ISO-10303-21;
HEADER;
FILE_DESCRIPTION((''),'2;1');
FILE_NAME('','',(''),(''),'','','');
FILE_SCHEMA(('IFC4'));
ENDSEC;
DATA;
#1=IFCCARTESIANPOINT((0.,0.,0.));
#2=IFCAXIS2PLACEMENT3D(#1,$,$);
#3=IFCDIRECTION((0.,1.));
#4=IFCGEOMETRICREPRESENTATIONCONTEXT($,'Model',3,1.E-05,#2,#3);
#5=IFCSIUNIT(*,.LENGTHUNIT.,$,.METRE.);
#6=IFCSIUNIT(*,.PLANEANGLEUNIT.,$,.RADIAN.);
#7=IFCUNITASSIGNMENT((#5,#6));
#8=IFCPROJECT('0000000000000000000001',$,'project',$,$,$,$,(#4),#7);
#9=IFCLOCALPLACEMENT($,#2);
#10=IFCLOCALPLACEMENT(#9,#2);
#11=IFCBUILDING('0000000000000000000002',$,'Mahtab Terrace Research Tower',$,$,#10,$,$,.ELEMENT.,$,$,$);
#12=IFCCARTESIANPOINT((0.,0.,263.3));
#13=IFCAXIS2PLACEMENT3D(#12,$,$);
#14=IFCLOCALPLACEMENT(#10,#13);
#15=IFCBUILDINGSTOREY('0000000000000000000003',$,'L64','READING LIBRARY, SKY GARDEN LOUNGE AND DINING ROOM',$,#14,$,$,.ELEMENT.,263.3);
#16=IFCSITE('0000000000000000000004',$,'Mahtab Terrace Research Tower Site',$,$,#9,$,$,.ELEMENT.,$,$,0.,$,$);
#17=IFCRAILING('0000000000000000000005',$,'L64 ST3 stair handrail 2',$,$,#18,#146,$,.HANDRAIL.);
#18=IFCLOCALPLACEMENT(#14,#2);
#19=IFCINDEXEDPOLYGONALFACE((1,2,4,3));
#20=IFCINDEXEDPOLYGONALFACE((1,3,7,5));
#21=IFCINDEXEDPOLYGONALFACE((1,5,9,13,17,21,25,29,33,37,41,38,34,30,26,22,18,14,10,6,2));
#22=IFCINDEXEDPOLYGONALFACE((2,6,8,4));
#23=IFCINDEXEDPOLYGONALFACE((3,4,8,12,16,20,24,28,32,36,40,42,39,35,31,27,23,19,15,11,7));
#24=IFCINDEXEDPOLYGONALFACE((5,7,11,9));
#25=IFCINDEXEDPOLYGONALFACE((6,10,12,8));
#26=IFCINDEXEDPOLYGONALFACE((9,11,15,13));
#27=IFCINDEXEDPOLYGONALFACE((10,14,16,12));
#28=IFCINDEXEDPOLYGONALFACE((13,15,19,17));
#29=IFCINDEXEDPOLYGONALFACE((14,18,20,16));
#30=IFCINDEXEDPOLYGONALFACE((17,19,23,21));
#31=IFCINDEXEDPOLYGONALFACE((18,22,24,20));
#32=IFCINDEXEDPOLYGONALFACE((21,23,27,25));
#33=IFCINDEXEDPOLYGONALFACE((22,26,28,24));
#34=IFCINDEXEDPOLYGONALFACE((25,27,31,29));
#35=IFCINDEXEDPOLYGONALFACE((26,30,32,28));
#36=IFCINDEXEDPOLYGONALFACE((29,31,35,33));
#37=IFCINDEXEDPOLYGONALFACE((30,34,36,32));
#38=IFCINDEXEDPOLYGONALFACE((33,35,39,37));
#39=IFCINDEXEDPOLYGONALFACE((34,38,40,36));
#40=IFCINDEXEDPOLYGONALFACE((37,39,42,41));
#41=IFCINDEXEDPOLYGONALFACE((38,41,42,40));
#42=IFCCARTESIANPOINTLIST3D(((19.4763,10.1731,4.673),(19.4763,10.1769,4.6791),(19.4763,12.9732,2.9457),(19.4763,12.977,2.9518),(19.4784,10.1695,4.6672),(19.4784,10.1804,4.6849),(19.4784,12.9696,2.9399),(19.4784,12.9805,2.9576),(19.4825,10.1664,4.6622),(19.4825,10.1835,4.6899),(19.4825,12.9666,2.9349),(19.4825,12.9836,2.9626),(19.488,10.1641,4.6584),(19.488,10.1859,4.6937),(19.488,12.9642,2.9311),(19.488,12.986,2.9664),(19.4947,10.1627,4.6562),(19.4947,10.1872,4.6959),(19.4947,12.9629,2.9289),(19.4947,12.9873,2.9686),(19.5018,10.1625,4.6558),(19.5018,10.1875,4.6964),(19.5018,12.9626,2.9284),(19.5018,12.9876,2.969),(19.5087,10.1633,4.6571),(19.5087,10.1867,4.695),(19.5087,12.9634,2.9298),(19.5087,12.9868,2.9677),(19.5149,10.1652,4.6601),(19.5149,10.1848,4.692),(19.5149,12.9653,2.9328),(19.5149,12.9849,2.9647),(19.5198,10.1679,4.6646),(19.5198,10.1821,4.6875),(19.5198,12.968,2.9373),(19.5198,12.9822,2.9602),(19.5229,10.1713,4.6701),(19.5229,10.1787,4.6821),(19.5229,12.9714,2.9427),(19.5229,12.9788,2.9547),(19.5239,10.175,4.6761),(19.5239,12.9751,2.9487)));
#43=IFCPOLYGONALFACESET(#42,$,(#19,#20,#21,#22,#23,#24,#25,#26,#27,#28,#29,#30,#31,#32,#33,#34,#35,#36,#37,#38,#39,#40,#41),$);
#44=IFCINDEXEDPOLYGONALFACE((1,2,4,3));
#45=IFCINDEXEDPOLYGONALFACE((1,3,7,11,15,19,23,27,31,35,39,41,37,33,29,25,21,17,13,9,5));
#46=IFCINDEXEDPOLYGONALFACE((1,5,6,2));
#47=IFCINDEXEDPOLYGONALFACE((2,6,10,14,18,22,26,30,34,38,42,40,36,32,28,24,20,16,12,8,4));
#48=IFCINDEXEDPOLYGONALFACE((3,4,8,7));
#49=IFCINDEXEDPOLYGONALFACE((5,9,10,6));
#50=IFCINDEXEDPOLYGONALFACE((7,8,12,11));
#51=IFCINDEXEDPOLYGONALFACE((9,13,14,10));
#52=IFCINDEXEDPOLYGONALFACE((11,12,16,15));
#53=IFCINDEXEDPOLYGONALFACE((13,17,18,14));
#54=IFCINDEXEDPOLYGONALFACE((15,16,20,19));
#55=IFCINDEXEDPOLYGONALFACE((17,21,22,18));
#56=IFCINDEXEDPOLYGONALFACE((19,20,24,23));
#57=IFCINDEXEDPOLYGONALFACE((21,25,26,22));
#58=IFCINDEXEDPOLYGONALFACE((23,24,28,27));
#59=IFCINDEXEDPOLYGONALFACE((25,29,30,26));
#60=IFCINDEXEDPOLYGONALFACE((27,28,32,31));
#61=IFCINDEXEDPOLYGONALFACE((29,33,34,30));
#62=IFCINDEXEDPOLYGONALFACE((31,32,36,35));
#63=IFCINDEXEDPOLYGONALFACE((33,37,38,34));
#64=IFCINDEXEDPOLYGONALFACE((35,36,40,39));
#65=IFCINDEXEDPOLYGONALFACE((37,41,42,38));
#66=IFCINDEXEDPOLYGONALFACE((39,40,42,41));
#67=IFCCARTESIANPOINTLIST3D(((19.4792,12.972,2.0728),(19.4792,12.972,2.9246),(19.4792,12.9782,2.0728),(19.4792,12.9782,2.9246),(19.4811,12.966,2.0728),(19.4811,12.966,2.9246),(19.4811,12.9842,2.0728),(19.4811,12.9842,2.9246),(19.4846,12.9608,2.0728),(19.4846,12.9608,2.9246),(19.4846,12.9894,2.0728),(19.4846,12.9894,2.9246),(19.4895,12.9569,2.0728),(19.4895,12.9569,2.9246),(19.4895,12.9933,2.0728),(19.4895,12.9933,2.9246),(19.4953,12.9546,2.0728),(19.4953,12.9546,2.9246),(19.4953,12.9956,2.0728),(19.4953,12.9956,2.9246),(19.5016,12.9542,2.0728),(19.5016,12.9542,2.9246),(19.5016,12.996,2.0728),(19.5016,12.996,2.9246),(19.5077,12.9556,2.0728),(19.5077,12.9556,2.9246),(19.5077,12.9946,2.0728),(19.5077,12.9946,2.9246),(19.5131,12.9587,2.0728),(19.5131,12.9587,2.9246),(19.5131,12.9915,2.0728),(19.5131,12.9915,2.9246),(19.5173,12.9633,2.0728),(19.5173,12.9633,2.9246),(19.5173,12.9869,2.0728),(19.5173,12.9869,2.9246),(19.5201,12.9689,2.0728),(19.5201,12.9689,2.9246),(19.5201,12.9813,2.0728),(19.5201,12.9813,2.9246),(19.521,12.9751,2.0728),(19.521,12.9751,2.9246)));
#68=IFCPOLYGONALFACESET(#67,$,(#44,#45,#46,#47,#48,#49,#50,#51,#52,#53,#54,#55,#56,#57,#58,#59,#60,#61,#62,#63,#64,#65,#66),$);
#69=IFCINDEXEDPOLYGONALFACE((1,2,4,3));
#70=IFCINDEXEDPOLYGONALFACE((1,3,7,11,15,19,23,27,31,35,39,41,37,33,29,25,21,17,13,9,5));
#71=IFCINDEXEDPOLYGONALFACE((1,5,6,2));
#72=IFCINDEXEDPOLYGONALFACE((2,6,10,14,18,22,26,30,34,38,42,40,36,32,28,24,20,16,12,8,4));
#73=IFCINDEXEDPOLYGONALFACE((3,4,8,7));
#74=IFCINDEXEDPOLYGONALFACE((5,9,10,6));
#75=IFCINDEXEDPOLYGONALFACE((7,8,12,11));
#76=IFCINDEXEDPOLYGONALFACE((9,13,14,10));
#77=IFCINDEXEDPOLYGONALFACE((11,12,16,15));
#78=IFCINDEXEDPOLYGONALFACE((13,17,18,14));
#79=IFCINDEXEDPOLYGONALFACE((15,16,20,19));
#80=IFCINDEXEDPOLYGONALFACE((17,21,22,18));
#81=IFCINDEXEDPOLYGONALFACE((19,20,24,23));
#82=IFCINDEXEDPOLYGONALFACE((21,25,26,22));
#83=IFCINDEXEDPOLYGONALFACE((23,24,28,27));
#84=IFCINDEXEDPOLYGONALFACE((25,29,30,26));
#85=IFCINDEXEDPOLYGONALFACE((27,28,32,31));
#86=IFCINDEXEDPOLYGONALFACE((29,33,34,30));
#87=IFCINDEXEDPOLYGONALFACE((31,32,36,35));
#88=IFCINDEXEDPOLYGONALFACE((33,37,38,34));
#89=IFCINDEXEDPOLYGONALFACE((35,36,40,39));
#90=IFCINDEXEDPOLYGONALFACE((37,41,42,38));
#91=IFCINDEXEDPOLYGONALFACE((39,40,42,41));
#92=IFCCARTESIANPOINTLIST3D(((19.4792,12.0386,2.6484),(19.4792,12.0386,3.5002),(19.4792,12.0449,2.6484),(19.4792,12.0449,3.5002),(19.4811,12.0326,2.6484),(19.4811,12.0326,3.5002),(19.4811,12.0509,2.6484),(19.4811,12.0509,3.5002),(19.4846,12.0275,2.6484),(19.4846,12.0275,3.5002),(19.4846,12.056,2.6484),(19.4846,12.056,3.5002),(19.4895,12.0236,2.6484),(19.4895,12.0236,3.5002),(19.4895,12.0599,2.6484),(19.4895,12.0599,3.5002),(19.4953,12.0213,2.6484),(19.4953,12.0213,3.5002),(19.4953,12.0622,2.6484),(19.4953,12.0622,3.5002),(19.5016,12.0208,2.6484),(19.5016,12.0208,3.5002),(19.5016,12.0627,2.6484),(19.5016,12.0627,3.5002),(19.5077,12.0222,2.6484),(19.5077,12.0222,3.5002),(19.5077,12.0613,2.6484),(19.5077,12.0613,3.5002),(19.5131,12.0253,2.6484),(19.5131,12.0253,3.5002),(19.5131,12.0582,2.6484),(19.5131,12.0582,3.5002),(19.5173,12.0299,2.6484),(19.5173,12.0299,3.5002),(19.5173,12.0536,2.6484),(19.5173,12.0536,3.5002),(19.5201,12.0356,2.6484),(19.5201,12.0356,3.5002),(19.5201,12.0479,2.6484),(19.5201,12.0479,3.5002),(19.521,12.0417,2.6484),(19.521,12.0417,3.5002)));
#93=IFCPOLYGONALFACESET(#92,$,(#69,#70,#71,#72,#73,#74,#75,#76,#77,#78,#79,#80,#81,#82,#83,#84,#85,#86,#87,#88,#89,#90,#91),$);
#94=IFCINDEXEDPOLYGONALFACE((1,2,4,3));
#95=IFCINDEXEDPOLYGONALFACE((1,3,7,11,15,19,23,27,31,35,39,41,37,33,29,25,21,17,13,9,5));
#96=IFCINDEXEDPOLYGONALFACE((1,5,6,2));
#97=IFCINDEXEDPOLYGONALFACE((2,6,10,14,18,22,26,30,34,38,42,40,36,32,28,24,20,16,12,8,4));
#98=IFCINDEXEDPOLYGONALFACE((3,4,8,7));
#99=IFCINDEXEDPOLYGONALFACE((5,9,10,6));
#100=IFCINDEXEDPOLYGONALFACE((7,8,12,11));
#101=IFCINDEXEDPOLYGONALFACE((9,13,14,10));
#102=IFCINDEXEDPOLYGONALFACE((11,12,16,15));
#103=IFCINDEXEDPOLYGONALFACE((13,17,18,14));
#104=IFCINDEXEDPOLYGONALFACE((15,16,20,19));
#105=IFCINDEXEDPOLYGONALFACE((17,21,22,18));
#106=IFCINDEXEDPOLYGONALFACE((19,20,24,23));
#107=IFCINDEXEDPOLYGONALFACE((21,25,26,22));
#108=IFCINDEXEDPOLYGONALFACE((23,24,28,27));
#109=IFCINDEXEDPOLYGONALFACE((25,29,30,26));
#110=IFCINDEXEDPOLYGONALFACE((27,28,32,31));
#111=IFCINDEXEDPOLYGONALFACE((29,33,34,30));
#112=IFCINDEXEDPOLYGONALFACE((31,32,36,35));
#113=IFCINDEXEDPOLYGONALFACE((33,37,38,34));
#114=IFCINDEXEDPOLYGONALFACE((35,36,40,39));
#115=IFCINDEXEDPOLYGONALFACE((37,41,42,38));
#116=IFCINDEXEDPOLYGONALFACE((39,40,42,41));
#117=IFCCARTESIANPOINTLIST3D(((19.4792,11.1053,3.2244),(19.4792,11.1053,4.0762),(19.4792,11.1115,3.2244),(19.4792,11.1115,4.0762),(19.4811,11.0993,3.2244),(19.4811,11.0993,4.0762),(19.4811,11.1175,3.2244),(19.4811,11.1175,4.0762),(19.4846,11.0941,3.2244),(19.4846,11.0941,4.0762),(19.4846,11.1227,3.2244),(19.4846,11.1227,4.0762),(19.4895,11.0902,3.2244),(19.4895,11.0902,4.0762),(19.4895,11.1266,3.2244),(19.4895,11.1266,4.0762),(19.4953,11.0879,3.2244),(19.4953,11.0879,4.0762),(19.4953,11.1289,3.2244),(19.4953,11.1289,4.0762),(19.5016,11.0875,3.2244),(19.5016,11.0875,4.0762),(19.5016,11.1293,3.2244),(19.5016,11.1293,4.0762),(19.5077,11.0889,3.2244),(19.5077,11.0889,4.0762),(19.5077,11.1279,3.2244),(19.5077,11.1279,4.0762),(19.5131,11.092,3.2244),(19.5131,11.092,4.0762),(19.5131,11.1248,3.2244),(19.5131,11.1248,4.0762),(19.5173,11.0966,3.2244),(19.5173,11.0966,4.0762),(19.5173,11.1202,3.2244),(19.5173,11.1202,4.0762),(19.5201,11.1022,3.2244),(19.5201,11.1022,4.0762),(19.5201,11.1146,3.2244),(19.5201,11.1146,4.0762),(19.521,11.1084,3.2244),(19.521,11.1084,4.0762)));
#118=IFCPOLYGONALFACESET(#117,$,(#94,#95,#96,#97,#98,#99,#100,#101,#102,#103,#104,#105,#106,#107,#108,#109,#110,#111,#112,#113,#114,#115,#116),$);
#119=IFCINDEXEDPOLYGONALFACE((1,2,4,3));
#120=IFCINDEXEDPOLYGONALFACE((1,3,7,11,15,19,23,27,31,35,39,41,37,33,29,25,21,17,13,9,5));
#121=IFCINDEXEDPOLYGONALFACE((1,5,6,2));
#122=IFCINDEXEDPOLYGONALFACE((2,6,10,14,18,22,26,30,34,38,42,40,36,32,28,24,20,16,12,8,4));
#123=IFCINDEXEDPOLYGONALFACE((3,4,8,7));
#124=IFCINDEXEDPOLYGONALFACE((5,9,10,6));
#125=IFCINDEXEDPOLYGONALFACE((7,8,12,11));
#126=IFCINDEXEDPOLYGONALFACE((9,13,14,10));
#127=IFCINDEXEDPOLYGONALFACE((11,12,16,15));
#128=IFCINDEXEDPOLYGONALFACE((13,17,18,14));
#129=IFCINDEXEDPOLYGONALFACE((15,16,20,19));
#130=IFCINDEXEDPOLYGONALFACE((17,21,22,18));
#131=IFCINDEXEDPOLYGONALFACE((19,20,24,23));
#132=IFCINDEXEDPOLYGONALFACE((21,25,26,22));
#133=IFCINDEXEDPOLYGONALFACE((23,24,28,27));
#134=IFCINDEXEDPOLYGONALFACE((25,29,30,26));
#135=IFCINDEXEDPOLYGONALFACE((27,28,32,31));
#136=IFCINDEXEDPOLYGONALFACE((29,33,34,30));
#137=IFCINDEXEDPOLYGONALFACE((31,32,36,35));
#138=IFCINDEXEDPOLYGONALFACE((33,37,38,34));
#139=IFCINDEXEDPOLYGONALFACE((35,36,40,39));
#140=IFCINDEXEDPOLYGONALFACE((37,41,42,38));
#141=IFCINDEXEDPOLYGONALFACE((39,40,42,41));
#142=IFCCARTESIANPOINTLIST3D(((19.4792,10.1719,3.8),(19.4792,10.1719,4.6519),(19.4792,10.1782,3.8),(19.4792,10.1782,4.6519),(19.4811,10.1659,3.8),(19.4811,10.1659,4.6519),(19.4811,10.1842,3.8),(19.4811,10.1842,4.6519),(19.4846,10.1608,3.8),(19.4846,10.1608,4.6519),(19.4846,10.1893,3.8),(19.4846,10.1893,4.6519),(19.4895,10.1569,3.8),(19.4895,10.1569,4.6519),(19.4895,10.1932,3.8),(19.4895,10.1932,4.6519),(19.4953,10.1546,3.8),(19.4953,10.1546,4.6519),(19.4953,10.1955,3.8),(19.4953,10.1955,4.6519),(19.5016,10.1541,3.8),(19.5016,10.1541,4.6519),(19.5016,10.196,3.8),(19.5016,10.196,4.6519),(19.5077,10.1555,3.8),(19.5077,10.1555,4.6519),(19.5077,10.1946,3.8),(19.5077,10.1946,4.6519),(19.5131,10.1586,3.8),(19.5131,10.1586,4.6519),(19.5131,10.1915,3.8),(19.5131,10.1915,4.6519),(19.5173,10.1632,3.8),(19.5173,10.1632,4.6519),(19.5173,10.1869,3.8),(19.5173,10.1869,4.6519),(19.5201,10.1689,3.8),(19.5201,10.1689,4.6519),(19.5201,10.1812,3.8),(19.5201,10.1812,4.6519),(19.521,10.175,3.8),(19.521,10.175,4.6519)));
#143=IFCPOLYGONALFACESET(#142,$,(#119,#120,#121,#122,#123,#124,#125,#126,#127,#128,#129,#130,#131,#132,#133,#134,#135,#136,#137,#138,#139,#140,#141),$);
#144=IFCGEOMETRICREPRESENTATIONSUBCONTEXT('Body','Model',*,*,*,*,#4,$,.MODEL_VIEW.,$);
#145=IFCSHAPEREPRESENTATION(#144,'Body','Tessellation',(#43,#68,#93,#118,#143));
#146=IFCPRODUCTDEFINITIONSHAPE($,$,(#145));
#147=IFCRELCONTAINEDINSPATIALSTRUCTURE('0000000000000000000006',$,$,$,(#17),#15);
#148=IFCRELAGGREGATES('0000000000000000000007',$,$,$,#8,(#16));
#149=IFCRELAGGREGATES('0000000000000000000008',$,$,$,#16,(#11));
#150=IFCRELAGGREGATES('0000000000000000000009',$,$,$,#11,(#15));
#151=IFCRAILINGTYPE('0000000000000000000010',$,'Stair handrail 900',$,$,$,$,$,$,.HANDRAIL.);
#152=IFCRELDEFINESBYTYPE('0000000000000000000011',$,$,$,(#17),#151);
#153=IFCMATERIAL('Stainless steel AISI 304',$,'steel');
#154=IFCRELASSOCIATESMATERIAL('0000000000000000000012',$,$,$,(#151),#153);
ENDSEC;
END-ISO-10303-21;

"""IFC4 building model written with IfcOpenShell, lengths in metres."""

from ifc_helpers import new_model, si_unit, direction, frame, origin, origin_2d, place, context, subcontext, project, spatial, circle, extrude, material, type_object, element, save


model = new_model("IFC4")

# Units and contexts
model_context = context("Model", 3, precision=1e-05, world=origin(), true_north=direction((0.0, 1.0)))
body_context = subcontext(model_context, "Body", "Model", "MODEL_VIEW")
ifc_project = project(units=[si_unit("LENGTHUNIT", "METRE"), si_unit("PLANEANGLEUNIT", "RADIAN")], contexts=[model_context])

# Site, building, storey
site_placement = place(None, origin())
site = spatial("IfcSite", under=ifc_project, at=site_placement, Name="Mahtab Terrace Research Tower Site", CompositionType="ELEMENT", RefElevation=0.0)
building_placement = place(site_placement, origin())
building = spatial("IfcBuilding", under=site, at=building_placement, Name="Mahtab Terrace Research Tower", CompositionType="ELEMENT")
storey_placement = place(building_placement, frame((0.0, 0.0, 263.3)))
storey = spatial("IfcBuildingStorey", under=building, at=storey_placement, Name="L64", Description="READING LIBRARY, SKY GARDEN LOUNGE AND DINING ROOM", CompositionType="ELEMENT", Elevation=263.3)

# Shared definitions
ifc_material_1 = material(Name="Stainless steel AISI 304", Category="steel")

# Railing
railing_type_1 = type_object("IfcRailingType", Name="Stair handrail 900", PredefinedType="HANDRAIL", material=ifc_material_1)
railing_1_placement = place(storey_placement, frame((19.5, 12.9751, 2.0728)))
element("IfcRailing", 1, at=railing_1_placement, inside=storey, type_object=railing_type_1, Name="L64 ST3 stair handrail 2", PredefinedType="HANDRAIL", context=body_context, shape_type="SweptSolid", body=[
    extrude(circle(Radius=0.0239, at=origin_2d()), frame((0.0, 0.0, 0.876), z_axis=(0.0, -0.85109, 0.52502), x_axis=(1.0, 0.0, 0.0)), (0.0, 0.0, 1.0), 3.29),
    extrude(circle(Radius=0.021, at=origin_2d()), origin(), (0.0, 0.0, 1.0), 0.8518),
    extrude(circle(Radius=0.021, at=origin_2d()), frame((0.0, -0.9333, 0.5757)), (0.0, 0.0, 1.0), 0.8518),
    extrude(circle(Radius=0.021, at=origin_2d()), frame((0.0, -1.8667, 1.1516)), (0.0, 0.0, 1.0), 0.8518),
    extrude(circle(Radius=0.021, at=origin_2d()), frame((0.0, -2.8, 1.7273)), (0.0, 0.0, 1.0), 0.8518),
])

save(model, "model.ifc")
